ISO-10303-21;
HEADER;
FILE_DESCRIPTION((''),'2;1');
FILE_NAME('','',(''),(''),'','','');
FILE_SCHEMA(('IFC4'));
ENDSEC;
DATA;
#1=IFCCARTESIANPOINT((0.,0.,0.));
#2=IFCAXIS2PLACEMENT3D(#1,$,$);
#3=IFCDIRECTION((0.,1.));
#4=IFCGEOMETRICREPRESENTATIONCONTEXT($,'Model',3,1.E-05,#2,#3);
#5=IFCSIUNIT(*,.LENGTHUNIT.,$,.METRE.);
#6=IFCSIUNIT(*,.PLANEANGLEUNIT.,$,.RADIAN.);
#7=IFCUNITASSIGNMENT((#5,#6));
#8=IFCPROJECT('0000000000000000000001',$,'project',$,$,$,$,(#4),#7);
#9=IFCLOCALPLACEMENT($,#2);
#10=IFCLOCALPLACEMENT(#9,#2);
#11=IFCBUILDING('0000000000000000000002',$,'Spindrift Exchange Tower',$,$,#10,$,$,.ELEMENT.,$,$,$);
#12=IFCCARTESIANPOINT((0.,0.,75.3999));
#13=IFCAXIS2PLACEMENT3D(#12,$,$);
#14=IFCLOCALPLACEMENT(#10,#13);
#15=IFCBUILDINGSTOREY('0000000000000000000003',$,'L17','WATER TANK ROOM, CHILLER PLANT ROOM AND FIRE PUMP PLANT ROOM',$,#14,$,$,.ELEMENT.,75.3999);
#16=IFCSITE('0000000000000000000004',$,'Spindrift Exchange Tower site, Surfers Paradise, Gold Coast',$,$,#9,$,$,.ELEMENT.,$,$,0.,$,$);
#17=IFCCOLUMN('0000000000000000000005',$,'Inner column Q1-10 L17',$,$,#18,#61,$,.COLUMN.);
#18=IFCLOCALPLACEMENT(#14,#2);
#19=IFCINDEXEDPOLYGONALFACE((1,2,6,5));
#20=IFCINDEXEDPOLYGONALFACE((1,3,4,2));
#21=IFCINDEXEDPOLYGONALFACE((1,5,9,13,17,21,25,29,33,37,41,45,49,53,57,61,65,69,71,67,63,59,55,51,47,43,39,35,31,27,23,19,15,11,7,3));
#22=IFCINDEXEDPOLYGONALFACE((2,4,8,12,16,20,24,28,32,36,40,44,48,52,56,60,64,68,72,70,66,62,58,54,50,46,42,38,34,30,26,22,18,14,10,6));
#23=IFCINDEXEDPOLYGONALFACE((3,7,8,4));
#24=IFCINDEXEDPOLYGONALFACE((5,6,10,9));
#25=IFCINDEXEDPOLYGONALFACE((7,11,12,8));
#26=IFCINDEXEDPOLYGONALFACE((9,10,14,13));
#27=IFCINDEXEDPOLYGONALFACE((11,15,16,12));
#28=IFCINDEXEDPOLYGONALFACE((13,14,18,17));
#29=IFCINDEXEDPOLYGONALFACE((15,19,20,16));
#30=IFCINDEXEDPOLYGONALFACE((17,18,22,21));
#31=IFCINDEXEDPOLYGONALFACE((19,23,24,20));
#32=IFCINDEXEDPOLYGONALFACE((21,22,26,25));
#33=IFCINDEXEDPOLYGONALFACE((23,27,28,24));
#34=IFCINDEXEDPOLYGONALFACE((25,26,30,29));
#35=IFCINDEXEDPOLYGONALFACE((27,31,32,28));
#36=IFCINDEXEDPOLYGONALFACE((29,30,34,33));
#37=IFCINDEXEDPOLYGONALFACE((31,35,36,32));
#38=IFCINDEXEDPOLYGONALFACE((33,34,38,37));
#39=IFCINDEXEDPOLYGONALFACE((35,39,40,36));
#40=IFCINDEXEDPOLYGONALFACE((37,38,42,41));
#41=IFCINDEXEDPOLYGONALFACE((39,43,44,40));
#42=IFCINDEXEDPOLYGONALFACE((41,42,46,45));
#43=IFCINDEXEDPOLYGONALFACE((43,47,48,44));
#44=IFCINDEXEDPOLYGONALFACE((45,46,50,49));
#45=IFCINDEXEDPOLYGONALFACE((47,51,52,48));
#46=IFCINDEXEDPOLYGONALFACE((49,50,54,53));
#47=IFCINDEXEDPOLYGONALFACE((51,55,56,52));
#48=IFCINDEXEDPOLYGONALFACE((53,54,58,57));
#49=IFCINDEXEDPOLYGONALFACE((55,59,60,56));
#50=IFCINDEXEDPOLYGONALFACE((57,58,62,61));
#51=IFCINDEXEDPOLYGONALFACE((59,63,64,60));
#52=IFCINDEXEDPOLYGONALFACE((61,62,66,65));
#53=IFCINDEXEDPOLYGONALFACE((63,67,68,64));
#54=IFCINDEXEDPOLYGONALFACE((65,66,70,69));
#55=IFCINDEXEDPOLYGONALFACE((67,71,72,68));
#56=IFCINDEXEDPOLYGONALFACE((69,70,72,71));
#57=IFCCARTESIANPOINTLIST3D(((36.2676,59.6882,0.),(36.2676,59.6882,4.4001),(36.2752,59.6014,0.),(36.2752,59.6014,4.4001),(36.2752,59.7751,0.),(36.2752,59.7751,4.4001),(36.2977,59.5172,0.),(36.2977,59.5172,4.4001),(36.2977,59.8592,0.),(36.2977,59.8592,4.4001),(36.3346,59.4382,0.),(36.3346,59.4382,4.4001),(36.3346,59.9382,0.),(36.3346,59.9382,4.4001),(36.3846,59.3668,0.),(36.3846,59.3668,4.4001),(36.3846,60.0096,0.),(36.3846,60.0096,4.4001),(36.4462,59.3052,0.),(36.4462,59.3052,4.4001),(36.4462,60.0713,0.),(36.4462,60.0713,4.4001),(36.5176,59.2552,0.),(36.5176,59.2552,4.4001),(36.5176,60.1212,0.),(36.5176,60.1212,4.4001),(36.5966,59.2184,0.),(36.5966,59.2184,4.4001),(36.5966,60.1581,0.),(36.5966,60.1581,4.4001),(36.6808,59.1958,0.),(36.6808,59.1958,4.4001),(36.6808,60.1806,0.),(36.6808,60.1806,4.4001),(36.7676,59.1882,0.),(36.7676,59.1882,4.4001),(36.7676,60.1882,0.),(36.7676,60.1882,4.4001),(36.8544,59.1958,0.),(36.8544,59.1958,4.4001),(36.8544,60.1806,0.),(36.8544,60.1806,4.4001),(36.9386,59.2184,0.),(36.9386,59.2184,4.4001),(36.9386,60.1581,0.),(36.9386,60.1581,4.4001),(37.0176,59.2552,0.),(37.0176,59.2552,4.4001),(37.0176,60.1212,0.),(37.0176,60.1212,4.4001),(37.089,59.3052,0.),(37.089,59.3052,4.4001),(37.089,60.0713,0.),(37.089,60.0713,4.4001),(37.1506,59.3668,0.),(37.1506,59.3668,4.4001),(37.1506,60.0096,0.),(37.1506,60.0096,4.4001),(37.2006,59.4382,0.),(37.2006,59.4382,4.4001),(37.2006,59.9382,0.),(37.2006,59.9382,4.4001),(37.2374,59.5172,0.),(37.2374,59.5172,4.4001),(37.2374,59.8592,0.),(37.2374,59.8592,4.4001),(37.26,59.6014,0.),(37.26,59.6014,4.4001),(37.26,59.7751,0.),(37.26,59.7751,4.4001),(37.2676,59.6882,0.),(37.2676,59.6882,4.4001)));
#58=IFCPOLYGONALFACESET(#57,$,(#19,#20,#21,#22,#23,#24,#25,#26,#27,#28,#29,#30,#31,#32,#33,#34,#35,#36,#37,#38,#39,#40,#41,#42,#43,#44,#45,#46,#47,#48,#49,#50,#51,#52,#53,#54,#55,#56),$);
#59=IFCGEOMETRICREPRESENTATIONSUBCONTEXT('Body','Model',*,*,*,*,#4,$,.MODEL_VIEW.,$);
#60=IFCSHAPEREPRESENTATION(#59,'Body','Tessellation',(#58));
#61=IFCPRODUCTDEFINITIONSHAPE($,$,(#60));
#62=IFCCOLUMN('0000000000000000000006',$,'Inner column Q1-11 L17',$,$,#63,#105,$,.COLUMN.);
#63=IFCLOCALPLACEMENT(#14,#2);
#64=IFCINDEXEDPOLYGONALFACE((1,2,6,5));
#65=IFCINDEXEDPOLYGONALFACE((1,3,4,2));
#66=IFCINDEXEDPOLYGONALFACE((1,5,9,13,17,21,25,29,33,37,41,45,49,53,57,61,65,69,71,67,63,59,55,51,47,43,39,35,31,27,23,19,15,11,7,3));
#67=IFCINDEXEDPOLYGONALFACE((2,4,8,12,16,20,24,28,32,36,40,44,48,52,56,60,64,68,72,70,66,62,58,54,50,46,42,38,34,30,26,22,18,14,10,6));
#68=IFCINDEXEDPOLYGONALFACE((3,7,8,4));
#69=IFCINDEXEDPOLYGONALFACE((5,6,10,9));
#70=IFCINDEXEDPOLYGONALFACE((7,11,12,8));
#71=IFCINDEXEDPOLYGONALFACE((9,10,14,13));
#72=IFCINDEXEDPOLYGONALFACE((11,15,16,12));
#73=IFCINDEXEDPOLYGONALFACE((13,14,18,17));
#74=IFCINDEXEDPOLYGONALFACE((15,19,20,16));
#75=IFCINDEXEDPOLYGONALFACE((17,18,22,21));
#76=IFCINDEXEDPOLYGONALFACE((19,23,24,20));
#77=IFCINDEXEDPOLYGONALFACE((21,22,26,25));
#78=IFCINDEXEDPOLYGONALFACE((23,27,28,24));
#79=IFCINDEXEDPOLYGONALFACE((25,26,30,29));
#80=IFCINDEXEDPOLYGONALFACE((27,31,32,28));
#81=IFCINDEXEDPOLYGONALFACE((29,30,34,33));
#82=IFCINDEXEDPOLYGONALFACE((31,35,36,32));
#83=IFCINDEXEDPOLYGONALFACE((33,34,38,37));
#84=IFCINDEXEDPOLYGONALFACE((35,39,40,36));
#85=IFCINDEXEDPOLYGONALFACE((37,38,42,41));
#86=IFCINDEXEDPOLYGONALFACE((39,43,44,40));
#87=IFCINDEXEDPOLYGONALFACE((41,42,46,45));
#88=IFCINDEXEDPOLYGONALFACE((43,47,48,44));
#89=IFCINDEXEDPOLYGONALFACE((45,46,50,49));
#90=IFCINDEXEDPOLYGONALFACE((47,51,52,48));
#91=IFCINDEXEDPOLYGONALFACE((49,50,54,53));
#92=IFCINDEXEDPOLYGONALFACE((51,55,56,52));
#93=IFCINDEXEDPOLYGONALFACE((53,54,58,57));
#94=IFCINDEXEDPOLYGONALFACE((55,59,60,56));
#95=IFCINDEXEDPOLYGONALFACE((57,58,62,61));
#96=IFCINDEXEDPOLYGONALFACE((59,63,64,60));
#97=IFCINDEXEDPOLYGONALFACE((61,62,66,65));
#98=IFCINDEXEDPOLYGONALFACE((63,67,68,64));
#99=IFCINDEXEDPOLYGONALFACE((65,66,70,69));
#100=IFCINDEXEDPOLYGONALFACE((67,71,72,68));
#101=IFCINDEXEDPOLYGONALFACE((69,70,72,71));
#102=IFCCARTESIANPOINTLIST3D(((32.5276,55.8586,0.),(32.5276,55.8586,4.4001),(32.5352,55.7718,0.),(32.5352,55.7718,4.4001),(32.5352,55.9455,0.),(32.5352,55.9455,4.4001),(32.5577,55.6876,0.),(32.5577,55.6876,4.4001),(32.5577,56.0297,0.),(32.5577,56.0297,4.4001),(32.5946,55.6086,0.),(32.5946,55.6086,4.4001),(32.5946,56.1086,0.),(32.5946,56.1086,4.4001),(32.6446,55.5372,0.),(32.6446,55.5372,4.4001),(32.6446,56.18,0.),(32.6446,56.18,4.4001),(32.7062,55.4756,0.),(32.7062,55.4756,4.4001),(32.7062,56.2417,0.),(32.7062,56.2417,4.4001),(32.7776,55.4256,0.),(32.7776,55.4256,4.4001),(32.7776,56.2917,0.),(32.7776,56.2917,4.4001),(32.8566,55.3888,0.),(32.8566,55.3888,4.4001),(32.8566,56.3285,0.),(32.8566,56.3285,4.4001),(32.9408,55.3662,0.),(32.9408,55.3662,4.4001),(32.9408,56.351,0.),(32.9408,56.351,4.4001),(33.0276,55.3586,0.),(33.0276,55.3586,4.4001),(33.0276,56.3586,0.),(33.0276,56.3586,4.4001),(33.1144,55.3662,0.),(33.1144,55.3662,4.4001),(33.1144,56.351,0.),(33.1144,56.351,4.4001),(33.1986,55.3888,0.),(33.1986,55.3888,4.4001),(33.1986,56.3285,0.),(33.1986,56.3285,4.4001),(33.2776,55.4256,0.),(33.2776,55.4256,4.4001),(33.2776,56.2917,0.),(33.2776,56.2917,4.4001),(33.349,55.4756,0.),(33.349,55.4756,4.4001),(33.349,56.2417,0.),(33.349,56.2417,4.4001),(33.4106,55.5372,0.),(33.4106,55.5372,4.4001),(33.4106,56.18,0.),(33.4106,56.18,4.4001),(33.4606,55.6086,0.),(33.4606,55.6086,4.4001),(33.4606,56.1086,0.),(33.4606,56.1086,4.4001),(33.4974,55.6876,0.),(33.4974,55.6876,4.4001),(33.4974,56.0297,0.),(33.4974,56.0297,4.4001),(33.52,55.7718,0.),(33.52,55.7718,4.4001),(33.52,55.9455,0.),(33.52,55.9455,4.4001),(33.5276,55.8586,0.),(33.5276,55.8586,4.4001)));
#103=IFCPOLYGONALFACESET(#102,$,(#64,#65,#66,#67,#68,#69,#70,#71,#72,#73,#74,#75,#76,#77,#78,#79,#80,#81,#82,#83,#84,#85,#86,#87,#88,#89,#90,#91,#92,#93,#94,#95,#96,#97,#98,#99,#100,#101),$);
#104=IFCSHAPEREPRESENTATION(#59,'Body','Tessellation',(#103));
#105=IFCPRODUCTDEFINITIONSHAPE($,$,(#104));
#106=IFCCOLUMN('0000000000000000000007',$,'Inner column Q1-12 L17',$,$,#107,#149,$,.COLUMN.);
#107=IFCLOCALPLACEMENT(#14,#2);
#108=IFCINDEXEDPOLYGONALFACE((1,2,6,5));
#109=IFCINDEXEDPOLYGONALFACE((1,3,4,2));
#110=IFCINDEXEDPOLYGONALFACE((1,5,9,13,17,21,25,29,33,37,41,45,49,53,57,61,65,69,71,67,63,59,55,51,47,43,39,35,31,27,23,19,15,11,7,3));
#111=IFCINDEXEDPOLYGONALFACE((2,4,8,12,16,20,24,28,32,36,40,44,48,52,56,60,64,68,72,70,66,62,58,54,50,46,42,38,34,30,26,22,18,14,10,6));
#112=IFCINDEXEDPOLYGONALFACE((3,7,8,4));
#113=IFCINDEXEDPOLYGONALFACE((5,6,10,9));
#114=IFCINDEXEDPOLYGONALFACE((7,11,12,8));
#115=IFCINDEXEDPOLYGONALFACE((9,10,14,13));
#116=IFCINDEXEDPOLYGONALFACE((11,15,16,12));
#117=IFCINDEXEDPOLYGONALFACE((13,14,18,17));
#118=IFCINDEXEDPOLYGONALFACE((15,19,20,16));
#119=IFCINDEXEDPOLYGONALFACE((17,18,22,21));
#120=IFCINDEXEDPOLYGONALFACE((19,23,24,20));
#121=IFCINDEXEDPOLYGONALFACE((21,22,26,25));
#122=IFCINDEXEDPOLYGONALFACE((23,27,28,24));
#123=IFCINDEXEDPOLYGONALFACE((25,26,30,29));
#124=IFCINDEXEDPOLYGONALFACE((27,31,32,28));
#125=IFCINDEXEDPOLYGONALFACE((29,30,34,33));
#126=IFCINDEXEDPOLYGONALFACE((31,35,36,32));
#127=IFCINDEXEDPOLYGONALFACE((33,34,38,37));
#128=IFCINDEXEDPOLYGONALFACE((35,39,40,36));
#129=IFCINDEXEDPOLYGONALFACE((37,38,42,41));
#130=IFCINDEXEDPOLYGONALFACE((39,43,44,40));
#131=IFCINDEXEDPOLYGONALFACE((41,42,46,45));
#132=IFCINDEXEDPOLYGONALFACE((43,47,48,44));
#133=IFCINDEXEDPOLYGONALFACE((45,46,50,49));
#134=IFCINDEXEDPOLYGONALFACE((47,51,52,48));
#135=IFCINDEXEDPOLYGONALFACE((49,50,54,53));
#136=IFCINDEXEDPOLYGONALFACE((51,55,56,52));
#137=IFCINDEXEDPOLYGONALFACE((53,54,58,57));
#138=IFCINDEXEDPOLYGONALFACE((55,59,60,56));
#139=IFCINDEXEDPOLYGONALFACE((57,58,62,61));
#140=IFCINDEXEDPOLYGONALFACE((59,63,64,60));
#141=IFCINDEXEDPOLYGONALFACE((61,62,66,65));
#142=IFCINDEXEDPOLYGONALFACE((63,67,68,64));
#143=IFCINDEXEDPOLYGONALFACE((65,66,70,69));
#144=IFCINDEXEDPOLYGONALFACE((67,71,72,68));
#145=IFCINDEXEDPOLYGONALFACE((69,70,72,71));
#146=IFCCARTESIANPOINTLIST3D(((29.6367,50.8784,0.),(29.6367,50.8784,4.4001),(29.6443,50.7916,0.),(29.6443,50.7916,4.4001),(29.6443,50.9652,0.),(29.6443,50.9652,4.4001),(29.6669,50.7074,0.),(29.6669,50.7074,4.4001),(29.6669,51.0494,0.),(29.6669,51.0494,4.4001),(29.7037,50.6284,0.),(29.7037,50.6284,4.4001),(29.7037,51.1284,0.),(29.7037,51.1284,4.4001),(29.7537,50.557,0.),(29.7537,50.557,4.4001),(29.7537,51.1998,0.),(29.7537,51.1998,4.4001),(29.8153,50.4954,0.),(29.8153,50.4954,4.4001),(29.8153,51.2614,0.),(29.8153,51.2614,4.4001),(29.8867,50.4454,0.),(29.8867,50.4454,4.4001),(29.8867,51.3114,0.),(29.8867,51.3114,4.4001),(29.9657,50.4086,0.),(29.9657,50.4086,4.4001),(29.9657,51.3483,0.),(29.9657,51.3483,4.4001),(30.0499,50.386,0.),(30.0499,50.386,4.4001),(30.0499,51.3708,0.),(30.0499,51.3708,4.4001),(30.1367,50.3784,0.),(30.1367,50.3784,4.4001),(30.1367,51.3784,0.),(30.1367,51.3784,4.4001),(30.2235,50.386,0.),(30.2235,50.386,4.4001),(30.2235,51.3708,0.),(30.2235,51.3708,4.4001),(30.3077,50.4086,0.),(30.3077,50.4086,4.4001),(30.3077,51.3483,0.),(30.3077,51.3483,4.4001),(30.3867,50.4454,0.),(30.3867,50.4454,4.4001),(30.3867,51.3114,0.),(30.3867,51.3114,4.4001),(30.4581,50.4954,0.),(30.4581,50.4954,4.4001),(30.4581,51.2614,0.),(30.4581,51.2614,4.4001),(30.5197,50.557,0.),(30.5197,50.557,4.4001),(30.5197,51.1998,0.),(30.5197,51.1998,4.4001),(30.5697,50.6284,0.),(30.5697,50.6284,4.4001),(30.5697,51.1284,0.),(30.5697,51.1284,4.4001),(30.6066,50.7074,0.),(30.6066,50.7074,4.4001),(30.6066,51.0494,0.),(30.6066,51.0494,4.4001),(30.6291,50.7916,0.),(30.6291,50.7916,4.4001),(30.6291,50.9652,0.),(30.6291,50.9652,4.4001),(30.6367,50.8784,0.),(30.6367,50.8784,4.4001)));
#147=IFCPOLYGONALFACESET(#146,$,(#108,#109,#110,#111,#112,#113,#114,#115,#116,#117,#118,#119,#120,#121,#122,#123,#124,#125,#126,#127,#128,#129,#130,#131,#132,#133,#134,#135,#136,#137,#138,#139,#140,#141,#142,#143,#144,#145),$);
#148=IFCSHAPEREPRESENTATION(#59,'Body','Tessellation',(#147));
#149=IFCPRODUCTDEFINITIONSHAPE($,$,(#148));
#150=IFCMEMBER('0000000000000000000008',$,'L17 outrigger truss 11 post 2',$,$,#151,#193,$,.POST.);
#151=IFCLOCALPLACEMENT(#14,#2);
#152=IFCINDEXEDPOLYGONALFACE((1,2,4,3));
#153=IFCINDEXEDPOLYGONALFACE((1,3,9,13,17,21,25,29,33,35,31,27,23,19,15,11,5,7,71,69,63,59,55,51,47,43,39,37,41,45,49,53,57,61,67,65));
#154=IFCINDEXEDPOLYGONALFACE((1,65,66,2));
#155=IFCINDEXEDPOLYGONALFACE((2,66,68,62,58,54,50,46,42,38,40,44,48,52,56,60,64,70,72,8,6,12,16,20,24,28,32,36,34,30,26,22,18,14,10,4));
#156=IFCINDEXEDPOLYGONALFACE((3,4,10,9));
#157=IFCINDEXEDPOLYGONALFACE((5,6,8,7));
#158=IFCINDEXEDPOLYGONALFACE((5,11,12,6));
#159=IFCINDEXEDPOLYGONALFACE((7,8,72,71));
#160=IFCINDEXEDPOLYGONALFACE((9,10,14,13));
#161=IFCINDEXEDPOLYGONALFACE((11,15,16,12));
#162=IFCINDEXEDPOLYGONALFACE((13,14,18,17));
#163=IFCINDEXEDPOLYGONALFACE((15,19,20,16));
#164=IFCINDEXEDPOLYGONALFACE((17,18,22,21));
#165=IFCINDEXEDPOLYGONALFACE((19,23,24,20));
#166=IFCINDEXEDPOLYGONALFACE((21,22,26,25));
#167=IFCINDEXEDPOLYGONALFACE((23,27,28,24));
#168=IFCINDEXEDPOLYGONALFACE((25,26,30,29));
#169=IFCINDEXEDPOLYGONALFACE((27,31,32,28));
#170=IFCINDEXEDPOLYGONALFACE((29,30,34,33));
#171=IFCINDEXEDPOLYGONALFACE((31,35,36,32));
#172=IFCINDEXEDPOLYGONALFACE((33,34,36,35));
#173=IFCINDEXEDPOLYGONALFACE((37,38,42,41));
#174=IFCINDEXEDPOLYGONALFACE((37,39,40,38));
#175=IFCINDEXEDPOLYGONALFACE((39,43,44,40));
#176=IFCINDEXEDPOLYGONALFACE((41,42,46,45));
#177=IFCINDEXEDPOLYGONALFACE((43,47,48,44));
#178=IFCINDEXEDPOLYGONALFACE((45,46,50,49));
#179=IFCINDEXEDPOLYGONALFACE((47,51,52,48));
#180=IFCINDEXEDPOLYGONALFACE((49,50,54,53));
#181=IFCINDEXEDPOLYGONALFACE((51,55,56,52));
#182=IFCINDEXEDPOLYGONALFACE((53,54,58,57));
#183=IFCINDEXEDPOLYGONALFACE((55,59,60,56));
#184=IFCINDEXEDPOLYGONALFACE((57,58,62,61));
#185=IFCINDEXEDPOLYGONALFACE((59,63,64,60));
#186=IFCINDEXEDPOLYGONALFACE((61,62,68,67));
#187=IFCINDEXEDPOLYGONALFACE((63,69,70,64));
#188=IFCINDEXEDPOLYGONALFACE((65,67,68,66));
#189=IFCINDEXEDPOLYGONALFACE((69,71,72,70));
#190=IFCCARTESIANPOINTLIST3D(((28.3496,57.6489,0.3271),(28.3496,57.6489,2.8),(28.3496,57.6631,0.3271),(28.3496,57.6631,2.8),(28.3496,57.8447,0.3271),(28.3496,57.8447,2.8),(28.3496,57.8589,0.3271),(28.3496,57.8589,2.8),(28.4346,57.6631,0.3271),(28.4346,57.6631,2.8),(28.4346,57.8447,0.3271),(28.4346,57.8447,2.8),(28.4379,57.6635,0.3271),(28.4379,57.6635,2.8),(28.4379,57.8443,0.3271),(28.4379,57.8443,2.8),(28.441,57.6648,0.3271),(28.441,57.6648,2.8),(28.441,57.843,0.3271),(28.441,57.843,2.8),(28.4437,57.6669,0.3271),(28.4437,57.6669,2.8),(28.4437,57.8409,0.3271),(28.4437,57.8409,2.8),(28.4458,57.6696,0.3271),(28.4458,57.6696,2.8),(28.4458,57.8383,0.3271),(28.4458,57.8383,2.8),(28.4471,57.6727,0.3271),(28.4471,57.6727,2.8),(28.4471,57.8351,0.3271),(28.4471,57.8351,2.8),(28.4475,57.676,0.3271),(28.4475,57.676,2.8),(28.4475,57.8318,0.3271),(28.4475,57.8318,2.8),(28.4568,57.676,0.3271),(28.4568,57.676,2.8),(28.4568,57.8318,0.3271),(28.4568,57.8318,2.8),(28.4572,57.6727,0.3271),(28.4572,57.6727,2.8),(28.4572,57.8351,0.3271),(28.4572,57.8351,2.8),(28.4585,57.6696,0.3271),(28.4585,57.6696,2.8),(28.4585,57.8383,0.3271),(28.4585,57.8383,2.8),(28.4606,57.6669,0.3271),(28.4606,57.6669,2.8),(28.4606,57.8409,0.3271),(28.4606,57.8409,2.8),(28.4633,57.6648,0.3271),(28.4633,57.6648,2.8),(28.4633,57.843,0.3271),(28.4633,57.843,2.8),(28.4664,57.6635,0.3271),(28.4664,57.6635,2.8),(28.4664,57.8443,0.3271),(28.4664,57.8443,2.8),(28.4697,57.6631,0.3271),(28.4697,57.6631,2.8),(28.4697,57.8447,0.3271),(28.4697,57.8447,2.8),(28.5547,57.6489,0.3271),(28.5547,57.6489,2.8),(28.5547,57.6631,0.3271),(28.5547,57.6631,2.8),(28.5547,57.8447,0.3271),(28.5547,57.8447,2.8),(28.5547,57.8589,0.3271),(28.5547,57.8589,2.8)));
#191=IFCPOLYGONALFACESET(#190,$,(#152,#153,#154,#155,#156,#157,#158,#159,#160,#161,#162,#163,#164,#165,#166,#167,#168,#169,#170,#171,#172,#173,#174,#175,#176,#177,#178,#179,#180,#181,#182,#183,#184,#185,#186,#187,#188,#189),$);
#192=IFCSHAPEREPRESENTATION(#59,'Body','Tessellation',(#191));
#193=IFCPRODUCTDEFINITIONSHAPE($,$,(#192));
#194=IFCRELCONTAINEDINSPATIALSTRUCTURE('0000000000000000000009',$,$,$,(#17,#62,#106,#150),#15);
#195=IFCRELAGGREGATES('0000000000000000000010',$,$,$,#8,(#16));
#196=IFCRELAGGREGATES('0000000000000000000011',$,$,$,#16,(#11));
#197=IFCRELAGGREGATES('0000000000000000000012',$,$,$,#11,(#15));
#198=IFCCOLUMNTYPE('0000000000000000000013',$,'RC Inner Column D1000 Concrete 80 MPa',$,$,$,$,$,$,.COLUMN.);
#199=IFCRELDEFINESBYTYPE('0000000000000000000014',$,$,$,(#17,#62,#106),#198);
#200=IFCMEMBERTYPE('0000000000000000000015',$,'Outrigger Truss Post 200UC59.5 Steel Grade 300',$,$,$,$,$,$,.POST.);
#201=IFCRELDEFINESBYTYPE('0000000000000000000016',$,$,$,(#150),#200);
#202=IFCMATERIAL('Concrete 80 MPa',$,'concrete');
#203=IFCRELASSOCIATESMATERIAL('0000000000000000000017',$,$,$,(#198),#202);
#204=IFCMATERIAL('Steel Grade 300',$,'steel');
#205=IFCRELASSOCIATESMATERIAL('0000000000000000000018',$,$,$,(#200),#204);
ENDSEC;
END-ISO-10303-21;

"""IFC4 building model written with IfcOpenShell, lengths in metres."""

from ifc_helpers import new_model, si_unit, direction, frame, origin, origin_2d, place, context, subcontext, project, spatial, circle, i_section, extrude, source, transform, mapped, material, material_profile, profile_set, type_object, element, save


model = new_model("IFC4")

# Units and contexts
model_context = context("Model", 3, precision=1e-05, world=origin(), true_north=direction((0.0, 1.0)))
body_context = subcontext(model_context, "Body", "Model", "MODEL_VIEW")
ifc_project = project(units=[si_unit("LENGTHUNIT", "METRE"), si_unit("PLANEANGLEUNIT", "RADIAN")], contexts=[model_context])

# Site, building, storey
site_placement = place(None, origin())
site = spatial("IfcSite", under=ifc_project, at=site_placement, Name="Spindrift Exchange Tower site, Surfers Paradise, Gold Coast", CompositionType="ELEMENT", RefElevation=0.0)
building_placement = place(site_placement, origin())
building = spatial("IfcBuilding", under=site, at=building_placement, Name="Spindrift Exchange Tower", CompositionType="ELEMENT")
storey_placement = place(building_placement, frame((0.0, 0.0, 75.3999)))
storey = spatial("IfcBuildingStorey", under=building, at=storey_placement, Name="L17", Description="WATER TANK ROOM, CHILLER PLANT ROOM AND FIRE PUMP PLANT ROOM", CompositionType="ELEMENT", Elevation=75.3999)

# Columns
ifc_material_1 = material(Name="Concrete 80 MPa", Category="concrete")
ifc_material_profile_1 = material_profile(ifc_material_1, circle(Radius=0.5, at=origin_2d()), Name="RC D1000")
ifc_profile_set_1 = profile_set([ifc_material_profile_1], Name="Concrete 80 MPa")
column_type = type_object("IfcColumnType", Name="RC Inner Column D1000 Concrete 80 MPa", PredefinedType="COLUMN", material=ifc_profile_set_1)
shared_shape_1 = source(origin(), body_context, "Body", "SweptSolid", [
    extrude(circle(Radius=0.5, at=origin_2d()), origin(), (0.0, 0.0, 1.0), 4.4001),
])
for number, where, z_axis, x_axis, name in (
    (1, (36.7676, 59.6882, 0.0), (0.0, 0.0, 1.0), (1.0, 0.0, 0.0), "Inner column Q1-10 L17"),
    (2, (33.0276, 55.8586, 0.0), (0.0, 0.0, 1.0), (1.0, 0.0, 0.0), "Inner column Q1-11 L17"),
    (3, (30.1367, 50.8784, 0.0), (0.0, 0.0, 1.0), (1.0, 0.0, 0.0), "Inner column Q1-12 L17"),
):
    element("IfcColumn", number, at=place(storey_placement, frame(where, z_axis=z_axis, x_axis=x_axis)), inside=storey, type_object=column_type, Name=name, PredefinedType="COLUMN", context=body_context, shape_type="MappedRepresentation", body=[
        mapped(shared_shape_1, transform((0.0, 0.0, 0.0), scale=1.0)),
    ])

# Member
ifc_material_2 = material(Name="Steel Grade 300", Category="steel")
ifc_material_profile_2 = material_profile(ifc_material_2, i_section(OverallWidth=0.2051, OverallDepth=0.21, WebThickness=0.0093, FlangeThickness=0.0142, FilletRadius=0.0129, at=origin_2d()), Name="200UC59.5")
ifc_profile_set_2 = profile_set([ifc_material_profile_2], Name="Steel Grade 300")
member_type_1 = type_object("IfcMemberType", Name="Outrigger Truss Post 200UC59.5 Steel Grade 300", PredefinedType="POST", material=ifc_profile_set_2)
shared_shape_2 = source(origin(), body_context, "Body", "SweptSolid", [
    extrude(i_section(OverallWidth=0.2051, OverallDepth=0.21, WebThickness=0.0093, FlangeThickness=0.0142, FilletRadius=0.0129, at=origin_2d()), origin(), (0.0, 0.0, 1.0), 2.4729),
])
for number, where, z_axis, x_axis, name in (
    (4, (28.4521, 57.7539, 0.3271), (0.0, 0.0, 1.0), (1.0, 0.0, 0.0), "L17 outrigger truss 11 post 2"),
):
    element("IfcMember", number, at=place(storey_placement, frame(where, z_axis=z_axis, x_axis=x_axis)), inside=storey, type_object=member_type_1, Name=name, PredefinedType="POST", context=body_context, shape_type="MappedRepresentation", body=[
        mapped(shared_shape_2, transform((0.0, 0.0, 0.0), scale=1.0)),
    ])

save(model, "model.ifc")
